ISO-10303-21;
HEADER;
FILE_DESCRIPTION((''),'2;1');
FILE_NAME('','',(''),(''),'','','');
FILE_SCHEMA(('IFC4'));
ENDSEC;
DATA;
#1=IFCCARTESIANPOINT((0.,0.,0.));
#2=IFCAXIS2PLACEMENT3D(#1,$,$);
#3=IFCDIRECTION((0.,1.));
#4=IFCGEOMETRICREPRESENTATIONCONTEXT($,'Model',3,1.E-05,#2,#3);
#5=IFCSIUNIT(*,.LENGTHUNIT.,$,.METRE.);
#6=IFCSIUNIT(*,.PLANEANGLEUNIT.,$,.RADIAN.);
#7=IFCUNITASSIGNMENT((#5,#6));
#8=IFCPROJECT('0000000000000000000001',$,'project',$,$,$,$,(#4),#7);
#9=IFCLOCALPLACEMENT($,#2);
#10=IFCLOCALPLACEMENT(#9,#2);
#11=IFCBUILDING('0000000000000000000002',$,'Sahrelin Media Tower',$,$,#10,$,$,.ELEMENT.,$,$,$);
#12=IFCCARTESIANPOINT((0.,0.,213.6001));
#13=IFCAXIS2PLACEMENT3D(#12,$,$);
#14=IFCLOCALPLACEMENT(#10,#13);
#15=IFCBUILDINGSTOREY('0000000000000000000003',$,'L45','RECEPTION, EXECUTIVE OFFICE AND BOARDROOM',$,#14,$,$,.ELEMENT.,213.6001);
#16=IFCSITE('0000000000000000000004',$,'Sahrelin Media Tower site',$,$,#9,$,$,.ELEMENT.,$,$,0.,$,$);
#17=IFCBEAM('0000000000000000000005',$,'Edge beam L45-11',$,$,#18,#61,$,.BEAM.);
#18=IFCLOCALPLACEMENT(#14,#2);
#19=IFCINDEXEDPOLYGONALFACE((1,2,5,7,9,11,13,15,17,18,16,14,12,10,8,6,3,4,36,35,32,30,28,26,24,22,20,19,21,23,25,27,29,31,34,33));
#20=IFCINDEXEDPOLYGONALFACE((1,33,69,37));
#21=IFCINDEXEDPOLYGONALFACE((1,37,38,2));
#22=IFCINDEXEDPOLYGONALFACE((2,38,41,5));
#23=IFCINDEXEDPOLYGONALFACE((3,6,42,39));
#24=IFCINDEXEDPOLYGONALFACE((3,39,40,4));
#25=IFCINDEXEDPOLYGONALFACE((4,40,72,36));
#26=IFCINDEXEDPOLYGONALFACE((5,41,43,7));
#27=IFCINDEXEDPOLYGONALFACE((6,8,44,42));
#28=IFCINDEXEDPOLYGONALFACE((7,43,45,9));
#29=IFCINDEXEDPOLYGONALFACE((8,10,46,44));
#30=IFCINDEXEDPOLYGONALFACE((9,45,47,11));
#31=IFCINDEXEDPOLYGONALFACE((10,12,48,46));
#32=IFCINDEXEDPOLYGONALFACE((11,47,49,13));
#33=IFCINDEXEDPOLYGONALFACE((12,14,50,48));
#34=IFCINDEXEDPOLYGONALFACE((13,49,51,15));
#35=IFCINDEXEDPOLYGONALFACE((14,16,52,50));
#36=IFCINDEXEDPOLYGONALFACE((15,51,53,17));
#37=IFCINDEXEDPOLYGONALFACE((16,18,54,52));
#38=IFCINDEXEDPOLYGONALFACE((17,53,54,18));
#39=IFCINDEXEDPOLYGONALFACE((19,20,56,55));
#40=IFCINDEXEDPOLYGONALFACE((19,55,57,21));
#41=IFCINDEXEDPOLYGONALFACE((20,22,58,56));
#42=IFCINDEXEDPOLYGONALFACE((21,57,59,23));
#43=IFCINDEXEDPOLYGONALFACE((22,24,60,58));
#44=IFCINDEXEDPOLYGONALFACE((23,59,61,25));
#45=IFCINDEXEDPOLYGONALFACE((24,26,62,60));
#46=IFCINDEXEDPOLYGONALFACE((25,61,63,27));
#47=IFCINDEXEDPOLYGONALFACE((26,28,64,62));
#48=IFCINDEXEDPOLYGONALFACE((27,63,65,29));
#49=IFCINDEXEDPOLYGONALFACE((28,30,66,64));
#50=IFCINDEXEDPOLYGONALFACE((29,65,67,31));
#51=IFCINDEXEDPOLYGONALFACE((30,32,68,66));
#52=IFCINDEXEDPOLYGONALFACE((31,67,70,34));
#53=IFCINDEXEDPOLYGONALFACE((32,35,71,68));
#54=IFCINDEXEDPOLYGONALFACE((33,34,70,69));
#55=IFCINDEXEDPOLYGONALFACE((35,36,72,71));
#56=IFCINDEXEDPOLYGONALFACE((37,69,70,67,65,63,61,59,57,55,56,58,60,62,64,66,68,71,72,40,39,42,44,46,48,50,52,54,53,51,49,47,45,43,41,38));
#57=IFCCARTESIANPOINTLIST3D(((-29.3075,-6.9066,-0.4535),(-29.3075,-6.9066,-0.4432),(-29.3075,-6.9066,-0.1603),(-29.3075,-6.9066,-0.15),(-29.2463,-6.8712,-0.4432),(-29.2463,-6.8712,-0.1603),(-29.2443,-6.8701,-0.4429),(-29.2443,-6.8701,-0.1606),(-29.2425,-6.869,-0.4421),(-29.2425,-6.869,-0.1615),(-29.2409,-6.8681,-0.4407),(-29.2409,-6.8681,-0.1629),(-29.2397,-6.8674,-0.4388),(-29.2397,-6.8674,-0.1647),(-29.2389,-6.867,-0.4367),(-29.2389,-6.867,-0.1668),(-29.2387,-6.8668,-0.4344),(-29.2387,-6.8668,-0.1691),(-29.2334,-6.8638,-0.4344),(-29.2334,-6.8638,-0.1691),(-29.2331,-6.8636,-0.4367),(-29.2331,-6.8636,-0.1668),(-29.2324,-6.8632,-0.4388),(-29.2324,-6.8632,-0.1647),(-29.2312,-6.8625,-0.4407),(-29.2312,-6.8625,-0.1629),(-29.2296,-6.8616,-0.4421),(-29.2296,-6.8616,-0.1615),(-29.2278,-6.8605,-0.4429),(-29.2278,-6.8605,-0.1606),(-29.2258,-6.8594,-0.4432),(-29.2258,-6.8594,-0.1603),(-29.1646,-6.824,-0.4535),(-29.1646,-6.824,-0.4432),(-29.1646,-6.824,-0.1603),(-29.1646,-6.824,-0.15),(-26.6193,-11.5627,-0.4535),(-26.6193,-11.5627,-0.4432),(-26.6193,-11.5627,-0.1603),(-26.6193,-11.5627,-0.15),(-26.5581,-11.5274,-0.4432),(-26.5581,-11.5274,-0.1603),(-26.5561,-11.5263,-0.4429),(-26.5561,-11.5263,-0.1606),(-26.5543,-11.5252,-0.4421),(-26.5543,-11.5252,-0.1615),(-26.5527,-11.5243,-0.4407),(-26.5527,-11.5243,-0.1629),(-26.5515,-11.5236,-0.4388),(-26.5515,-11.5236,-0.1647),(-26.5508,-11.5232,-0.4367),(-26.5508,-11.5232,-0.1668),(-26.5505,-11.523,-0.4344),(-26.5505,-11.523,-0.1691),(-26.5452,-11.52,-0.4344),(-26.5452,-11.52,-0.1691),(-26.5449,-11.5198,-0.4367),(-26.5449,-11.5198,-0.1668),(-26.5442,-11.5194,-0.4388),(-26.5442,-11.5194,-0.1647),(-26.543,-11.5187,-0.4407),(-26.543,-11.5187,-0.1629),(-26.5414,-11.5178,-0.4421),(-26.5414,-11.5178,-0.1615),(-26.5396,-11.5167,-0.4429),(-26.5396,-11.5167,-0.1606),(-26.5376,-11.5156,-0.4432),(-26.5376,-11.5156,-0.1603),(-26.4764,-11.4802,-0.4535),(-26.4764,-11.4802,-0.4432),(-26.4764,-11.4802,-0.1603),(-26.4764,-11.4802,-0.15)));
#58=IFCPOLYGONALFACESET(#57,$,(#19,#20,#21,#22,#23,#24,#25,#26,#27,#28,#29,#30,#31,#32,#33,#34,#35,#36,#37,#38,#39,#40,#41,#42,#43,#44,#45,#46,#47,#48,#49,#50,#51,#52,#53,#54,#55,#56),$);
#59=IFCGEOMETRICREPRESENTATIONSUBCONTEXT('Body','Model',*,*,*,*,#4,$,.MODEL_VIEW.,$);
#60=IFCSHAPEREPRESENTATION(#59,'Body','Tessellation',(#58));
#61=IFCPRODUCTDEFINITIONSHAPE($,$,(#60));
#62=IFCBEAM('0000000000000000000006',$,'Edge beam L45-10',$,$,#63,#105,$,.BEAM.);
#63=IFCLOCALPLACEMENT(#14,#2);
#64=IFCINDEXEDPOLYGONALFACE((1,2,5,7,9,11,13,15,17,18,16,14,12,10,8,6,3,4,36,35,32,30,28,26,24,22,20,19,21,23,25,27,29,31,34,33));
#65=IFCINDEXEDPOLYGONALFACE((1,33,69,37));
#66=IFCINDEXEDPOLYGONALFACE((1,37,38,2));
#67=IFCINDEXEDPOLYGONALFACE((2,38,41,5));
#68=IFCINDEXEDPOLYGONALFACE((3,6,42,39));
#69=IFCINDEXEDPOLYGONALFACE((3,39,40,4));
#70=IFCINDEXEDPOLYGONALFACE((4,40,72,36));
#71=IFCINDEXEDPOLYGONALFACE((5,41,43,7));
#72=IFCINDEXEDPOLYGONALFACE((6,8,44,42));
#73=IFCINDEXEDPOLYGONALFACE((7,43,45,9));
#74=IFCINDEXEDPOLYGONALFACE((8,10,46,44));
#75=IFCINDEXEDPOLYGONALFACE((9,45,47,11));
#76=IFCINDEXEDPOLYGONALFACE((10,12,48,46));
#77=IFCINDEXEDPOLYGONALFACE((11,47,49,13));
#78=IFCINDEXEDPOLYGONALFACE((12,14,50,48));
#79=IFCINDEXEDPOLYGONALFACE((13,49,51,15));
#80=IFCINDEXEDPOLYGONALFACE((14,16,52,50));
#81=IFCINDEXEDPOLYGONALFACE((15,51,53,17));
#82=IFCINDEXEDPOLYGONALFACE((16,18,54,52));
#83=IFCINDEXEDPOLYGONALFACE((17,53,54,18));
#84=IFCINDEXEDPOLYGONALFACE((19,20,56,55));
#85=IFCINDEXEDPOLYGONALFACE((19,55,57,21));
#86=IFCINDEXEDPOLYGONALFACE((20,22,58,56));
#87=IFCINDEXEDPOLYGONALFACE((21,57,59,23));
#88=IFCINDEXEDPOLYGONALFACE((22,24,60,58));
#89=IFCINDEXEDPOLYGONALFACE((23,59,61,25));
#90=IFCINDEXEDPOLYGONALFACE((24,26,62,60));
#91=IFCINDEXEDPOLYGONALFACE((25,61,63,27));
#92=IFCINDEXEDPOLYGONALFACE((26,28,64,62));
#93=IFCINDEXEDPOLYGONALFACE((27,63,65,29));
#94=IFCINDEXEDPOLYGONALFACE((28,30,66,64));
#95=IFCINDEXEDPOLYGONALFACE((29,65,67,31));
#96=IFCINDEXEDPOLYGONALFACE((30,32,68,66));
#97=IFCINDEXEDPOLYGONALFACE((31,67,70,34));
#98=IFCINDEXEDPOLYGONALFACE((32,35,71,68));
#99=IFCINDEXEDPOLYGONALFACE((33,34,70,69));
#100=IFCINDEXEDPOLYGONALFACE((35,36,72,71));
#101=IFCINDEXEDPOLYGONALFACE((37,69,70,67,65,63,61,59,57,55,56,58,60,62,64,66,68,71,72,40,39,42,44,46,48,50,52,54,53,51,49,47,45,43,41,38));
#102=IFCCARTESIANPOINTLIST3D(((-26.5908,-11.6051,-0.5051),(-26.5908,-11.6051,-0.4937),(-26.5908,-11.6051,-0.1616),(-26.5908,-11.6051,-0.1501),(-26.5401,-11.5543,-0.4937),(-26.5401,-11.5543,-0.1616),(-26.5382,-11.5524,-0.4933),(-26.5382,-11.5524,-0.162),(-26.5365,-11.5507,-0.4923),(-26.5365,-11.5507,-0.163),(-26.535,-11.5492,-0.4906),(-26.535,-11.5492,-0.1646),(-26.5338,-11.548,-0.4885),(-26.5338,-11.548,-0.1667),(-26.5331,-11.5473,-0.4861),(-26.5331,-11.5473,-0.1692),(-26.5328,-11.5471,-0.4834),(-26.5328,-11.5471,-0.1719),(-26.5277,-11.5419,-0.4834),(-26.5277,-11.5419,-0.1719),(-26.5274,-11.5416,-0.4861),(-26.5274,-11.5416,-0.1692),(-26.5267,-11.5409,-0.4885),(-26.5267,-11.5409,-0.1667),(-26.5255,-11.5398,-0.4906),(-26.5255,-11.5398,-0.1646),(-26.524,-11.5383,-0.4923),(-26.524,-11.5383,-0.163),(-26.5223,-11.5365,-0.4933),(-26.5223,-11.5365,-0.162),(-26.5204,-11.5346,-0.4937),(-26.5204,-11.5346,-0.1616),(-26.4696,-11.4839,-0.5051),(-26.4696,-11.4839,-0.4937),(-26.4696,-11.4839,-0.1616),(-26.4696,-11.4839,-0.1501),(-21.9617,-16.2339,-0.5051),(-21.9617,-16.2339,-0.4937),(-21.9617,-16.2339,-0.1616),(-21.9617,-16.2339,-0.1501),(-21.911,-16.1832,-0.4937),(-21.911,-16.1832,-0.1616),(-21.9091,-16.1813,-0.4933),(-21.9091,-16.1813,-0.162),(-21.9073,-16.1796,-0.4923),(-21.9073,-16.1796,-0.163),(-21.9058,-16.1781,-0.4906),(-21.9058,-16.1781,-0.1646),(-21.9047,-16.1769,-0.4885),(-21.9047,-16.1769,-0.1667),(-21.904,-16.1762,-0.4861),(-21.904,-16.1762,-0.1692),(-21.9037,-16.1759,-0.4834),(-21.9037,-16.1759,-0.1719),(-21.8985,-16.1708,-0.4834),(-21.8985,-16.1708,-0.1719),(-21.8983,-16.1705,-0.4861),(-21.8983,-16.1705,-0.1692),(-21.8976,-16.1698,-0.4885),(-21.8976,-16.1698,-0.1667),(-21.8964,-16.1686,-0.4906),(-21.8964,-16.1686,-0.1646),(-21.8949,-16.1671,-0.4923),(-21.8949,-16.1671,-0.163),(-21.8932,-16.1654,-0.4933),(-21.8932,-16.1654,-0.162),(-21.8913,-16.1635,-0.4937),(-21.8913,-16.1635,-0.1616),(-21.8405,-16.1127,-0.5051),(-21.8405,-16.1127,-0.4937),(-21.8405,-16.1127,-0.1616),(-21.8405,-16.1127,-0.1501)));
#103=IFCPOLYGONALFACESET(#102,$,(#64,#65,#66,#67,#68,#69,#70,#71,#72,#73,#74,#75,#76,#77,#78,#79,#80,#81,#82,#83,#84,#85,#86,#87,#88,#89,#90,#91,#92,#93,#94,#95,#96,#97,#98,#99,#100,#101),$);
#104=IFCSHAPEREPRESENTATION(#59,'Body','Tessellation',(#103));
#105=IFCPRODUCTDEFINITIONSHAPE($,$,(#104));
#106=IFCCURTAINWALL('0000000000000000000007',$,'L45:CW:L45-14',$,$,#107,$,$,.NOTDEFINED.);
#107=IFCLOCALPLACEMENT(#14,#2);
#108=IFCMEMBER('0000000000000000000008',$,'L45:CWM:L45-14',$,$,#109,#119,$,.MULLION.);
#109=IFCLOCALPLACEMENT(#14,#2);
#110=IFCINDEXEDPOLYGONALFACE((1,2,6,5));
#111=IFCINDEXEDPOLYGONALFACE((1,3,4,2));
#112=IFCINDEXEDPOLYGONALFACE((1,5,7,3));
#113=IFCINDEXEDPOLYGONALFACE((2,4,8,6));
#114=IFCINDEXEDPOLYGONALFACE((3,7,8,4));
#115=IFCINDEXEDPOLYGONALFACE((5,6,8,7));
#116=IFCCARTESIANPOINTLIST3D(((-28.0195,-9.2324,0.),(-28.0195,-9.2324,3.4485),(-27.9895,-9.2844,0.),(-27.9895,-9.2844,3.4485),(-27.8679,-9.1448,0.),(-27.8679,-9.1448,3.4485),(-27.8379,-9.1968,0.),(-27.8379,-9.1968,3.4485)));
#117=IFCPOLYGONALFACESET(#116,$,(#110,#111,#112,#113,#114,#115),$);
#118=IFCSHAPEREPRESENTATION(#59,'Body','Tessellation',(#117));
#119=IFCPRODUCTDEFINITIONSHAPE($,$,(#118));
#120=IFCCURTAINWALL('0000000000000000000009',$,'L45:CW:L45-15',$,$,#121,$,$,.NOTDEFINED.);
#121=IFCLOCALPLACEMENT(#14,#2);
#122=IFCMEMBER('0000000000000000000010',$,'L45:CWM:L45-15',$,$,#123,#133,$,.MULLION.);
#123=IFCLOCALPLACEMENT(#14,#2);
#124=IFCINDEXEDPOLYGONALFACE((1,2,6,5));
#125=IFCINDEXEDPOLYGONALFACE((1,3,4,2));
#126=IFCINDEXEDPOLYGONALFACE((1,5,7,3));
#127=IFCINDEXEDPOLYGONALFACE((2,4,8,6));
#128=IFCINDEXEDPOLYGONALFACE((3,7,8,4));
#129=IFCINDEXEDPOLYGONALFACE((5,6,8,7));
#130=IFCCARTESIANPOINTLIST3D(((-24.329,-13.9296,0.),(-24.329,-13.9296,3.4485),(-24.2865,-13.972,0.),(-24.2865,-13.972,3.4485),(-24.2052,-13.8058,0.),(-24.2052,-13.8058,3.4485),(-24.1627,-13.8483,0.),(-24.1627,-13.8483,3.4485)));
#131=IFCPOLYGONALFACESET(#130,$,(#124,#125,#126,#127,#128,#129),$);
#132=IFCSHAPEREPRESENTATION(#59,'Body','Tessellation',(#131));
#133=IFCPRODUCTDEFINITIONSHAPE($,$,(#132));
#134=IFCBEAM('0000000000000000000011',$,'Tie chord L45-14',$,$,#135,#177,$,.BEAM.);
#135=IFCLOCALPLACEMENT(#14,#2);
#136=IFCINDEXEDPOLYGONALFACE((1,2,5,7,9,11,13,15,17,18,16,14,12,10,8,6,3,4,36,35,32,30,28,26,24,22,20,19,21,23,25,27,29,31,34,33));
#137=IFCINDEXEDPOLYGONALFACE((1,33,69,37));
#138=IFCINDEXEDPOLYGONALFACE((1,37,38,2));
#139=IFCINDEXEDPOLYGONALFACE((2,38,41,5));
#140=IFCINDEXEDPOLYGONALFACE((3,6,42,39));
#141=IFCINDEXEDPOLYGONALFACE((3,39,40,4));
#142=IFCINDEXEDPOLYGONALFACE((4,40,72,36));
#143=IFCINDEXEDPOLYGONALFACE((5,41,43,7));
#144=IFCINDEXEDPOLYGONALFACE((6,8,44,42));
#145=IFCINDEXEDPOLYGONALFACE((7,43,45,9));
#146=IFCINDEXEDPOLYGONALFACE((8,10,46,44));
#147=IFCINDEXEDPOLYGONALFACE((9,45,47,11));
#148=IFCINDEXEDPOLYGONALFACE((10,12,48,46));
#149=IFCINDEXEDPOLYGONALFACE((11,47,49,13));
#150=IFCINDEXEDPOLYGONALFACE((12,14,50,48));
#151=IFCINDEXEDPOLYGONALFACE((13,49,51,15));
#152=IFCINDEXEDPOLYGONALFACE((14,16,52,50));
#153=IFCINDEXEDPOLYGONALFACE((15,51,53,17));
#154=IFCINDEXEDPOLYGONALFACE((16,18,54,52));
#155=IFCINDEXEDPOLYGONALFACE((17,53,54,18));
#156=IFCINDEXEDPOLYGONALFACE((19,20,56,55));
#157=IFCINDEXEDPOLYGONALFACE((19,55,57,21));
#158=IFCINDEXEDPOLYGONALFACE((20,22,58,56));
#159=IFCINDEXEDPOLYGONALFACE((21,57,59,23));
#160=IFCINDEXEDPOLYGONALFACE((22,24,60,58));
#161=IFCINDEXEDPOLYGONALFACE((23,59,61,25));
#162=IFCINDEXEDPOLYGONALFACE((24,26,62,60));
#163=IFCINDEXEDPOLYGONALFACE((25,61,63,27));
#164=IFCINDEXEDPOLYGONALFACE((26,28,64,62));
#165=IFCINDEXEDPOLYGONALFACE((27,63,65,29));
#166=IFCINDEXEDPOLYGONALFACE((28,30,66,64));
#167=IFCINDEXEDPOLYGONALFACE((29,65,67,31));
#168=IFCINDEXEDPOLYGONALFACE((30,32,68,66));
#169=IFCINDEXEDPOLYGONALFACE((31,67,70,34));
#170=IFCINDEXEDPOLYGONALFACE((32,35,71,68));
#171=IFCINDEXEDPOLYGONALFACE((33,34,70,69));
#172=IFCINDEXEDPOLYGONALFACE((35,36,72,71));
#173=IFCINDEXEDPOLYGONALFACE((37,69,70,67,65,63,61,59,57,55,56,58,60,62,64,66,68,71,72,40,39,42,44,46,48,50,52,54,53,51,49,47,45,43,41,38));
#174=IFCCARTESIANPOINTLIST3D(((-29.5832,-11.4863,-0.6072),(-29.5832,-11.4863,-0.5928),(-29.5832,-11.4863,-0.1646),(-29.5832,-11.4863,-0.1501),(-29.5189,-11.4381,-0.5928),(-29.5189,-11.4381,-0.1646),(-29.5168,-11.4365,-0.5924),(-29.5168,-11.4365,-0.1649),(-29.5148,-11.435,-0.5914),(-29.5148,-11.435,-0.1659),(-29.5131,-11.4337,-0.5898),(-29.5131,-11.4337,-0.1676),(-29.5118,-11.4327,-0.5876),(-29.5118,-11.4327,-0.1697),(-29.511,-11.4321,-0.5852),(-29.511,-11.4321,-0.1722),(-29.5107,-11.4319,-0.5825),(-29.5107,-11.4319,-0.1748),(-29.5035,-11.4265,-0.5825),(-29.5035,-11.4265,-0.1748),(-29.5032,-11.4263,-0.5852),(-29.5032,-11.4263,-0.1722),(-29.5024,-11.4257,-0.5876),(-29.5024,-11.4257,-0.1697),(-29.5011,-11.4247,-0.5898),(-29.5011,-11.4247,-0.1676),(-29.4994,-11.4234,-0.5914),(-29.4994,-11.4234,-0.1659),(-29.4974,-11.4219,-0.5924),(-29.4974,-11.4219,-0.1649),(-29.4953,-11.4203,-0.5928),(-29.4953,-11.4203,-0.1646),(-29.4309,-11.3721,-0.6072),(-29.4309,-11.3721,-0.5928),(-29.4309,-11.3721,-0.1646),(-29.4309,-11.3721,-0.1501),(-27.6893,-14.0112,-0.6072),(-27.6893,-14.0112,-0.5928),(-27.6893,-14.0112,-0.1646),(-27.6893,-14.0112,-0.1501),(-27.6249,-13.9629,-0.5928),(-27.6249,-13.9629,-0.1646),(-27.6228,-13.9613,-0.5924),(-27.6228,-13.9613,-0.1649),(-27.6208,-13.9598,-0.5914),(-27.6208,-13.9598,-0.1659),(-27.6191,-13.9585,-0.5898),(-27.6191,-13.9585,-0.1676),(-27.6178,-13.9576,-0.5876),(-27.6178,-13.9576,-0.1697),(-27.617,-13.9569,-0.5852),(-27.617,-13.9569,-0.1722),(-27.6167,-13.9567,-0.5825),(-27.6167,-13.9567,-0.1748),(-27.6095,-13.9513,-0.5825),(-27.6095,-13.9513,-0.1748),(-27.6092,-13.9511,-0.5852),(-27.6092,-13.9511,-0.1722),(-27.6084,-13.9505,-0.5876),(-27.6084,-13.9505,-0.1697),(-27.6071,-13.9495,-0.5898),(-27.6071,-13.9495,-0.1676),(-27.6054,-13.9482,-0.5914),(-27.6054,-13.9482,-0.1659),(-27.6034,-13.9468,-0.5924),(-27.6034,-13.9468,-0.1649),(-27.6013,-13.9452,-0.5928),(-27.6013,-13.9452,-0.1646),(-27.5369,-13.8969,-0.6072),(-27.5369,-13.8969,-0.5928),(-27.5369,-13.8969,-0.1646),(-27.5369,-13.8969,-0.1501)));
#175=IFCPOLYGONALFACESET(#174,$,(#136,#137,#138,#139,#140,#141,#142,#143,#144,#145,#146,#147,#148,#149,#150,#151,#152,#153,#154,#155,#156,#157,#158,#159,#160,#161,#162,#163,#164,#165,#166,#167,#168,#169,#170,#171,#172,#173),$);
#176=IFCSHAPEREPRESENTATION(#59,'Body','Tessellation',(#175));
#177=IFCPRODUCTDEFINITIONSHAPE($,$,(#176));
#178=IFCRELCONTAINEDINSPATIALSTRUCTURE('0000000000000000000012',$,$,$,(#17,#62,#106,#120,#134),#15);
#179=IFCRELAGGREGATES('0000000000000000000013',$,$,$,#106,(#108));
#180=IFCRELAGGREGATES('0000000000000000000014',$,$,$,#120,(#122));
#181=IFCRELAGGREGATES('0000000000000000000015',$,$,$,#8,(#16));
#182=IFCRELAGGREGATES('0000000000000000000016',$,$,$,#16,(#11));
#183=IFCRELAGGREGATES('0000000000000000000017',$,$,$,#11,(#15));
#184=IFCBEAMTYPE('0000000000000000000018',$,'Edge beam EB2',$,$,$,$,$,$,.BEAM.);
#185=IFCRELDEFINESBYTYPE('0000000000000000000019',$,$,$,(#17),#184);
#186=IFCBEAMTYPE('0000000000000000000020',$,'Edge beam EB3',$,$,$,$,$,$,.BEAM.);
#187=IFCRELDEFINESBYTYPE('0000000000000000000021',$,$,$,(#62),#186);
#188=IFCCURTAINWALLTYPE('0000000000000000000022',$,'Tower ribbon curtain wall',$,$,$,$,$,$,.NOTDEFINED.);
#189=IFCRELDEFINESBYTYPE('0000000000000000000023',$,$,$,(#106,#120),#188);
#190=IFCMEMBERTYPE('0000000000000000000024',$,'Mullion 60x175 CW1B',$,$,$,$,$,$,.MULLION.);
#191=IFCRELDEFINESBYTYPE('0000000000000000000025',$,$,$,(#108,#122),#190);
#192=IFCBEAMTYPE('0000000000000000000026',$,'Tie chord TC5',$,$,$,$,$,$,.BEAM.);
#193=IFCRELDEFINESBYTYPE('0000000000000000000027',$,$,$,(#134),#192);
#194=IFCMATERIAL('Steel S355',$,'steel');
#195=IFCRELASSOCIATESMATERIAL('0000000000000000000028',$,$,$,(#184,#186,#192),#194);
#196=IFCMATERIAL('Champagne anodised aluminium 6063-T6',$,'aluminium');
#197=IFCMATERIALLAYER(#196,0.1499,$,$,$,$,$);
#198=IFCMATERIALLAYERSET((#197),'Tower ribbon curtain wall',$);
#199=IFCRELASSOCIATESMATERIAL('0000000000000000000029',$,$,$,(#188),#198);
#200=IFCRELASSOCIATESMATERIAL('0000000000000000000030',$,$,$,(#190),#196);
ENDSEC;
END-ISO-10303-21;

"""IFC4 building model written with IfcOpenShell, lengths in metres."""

from ifc_helpers import new_model, si_unit, direction, frame, origin, origin_2d, place, context, subcontext, project, spatial, rectangle, i_section, extrude, material, layer, layer_set, material_profile, profile_set, type_object, element, aggregate, save


model = new_model("IFC4")

# Units and contexts
model_context = context("Model", 3, precision=1e-05, world=origin(), true_north=direction((0.0, 1.0)))
body_context = subcontext(model_context, "Body", "Model", "MODEL_VIEW")
ifc_project = project(units=[si_unit("LENGTHUNIT", "METRE"), si_unit("PLANEANGLEUNIT", "RADIAN")], contexts=[model_context])

# Site, building, storey
site_placement = place(None, origin())
site = spatial("IfcSite", under=ifc_project, at=site_placement, Name="Sahrelin Media Tower site", CompositionType="ELEMENT", RefElevation=0.0)
building_placement = place(site_placement, origin())
building = spatial("IfcBuilding", under=site, at=building_placement, Name="Sahrelin Media Tower", CompositionType="ELEMENT")
storey_placement = place(building_placement, frame((0.0, 0.0, 213.6001)))
storey = spatial("IfcBuildingStorey", under=building, at=storey_placement, Name="L45", Description="RECEPTION, EXECUTIVE OFFICE AND BOARDROOM", CompositionType="ELEMENT", Elevation=213.6001)

# Beams
ifc_material_1 = material(Name="Steel S355", Category="steel")
ifc_material_profile_1 = material_profile(ifc_material_1, i_section(OverallWidth=0.165, OverallDepth=0.3035, WebThickness=0.0061, FlangeThickness=0.0103, FilletRadius=0.0088, at=origin_2d()), Name="UB 305x165x40")
ifc_profile_set_1 = profile_set([ifc_material_profile_1], Name="Steel S355")
beam_type_1 = type_object("IfcBeamType", Name="Edge beam EB2", PredefinedType="BEAM", material=ifc_profile_set_1)
beam_1_placement = place(storey_placement, frame((-26.5479, -11.5215, -0.3018), z_axis=(-0.499992, 0.86603, 0.0), x_axis=(-0.86603, -0.499992, 0.0)))
element("IfcBeam", 1, at=beam_1_placement, inside=storey, type_object=beam_type_1, Name="Edge beam L45-11", PredefinedType="BEAM", context=body_context, shape_type="SweptSolid", body=[
    extrude(i_section(OverallWidth=0.165, OverallDepth=0.3035, WebThickness=0.0061, FlangeThickness=0.0103, FilletRadius=0.0088, at=origin_2d()), origin(), (0.0, 0.0, 1.0), 5.3765),
])
ifc_material_profile_2 = material_profile(ifc_material_1, i_section(OverallWidth=0.1714, OverallDepth=0.355, WebThickness=0.0073, FlangeThickness=0.0115, FilletRadius=0.0103, at=origin_2d()), Name="UB 356x171x51")
ifc_profile_set_2 = profile_set([ifc_material_profile_2], Name="Steel S355")
beam_type_2 = type_object("IfcBeamType", Name="Edge beam EB3", PredefinedType="BEAM", material=ifc_profile_set_2)
beam_2_placement = place(storey_placement, frame((-21.9011, -16.1733, -0.3276), z_axis=(-0.707125, 0.707088, 0.0), x_axis=(-0.707088, -0.707125, 0.0)))
element("IfcBeam", 2, at=beam_2_placement, inside=storey, type_object=beam_type_2, Name="Edge beam L45-10", PredefinedType="BEAM", context=body_context, shape_type="SweptSolid", body=[
    extrude(i_section(OverallWidth=0.1714, OverallDepth=0.355, WebThickness=0.0073, FlangeThickness=0.0115, FilletRadius=0.0103, at=origin_2d()), origin(), (0.0, 0.0, 1.0), 6.5464),
])

# Curtain walls, members
ifc_material_2 = material(Name="Champagne anodised aluminium 6063-T6", Category="aluminium")
ifc_layer_1 = layer(ifc_material_2, 0.1499)
ifc_layer_set_1 = layer_set([ifc_layer_1], Name="Tower ribbon curtain wall")
curtain_wall_type = type_object("IfcCurtainWallType", Name="Tower ribbon curtain wall", PredefinedType="NOTDEFINED", material=ifc_layer_set_1)
curtain_wall_1_placement = place(storey_placement, frame((-28.022, -9.2683, 0.0), z_axis=(0.0, 0.0, 1.0), x_axis=(1.0, 0.0, 0.0)))
curtain_wall_1 = element("IfcCurtainWall", 3, at=curtain_wall_1_placement, inside=storey, type_object=curtain_wall_type, Name="L45:CW:L45-14", PredefinedType="NOTDEFINED")
ifc_material_profile_3 = material_profile(ifc_material_2, rectangle(XDim=0.0601, YDim=0.175, at=origin_2d()), Name="Mullion 60x175")
ifc_profile_set_3 = profile_set([ifc_material_profile_3], Name="Champagne anodised aluminium 6063-T6")
member_type_1 = type_object("IfcMemberType", Name="Mullion 60x175 CW1B", PredefinedType="MULLION", material=ifc_profile_set_3)
member_1_placement = place(storey_placement, frame((-27.9287, -9.2146, 0.0), z_axis=(0.0, 0.0, 1.0), x_axis=(0.499998, -0.866026, 0.0)))
member_1 = element("IfcMember", 4, at=member_1_placement, type_object=member_type_1, Name="L45:CWM:L45-14", PredefinedType="MULLION", context=body_context, shape_type="SweptSolid", body=[
    extrude(rectangle(XDim=0.0601, YDim=0.175, at=origin_2d()), origin(), (0.0, 0.0, 1.0), 3.4485),
])
aggregate(curtain_wall_1, [member_1])
curtain_wall_2_placement = place(storey_placement, frame((-24.3218, -13.9648, 0.0), z_axis=(0.0, 0.0, 1.0), x_axis=(1.0, 0.0, 0.0)))
curtain_wall_2 = element("IfcCurtainWall", 5, at=curtain_wall_2_placement, inside=storey, type_object=curtain_wall_type, Name="L45:CW:L45-15", PredefinedType="NOTDEFINED")
member_2_placement = place(storey_placement, frame((-24.2458, -13.8889, 0.0), z_axis=(0.0, 0.0, 1.0), x_axis=(0.707114, -0.707099, 0.0)))
member_2 = element("IfcMember", 6, at=member_2_placement, type_object=member_type_1, Name="L45:CWM:L45-15", PredefinedType="MULLION", context=body_context, shape_type="SweptSolid", body=[
    extrude(rectangle(XDim=0.0601, YDim=0.175, at=origin_2d()), origin(), (0.0, 0.0, 1.0), 3.4485),
])

# Beam
ifc_material_profile_4 = material_profile(ifc_material_1, i_section(OverallWidth=0.1904, OverallDepth=0.457, WebThickness=0.009, FlangeThickness=0.0144, FilletRadius=0.0103, at=origin_2d()), Name="UB 457x191x74")
ifc_profile_set_4 = profile_set([ifc_material_profile_4], Name="Steel S355")
beam_type_3 = type_object("IfcBeamType", Name="Tie chord TC5", PredefinedType="BEAM", material=ifc_profile_set_4)
beam_3_placement = place(storey_placement, frame((-29.5071, -11.4292, -0.3787), z_axis=(0.600074, -0.799944, 0.0), x_axis=(0.799944, 0.600074, 0.0)))
element("IfcBeam", 7, at=beam_3_placement, inside=storey, type_object=beam_type_3, Name="Tie chord L45-14", PredefinedType="BEAM", context=body_context, shape_type="SweptSolid", body=[
    extrude(i_section(OverallWidth=0.1904, OverallDepth=0.457, WebThickness=0.009, FlangeThickness=0.0144, FilletRadius=0.0103, at=origin_2d()), origin(), (0.0, 0.0, 1.0), 3.1562),
])

aggregate(curtain_wall_2, [member_2])

save(model, "model.ifc")
